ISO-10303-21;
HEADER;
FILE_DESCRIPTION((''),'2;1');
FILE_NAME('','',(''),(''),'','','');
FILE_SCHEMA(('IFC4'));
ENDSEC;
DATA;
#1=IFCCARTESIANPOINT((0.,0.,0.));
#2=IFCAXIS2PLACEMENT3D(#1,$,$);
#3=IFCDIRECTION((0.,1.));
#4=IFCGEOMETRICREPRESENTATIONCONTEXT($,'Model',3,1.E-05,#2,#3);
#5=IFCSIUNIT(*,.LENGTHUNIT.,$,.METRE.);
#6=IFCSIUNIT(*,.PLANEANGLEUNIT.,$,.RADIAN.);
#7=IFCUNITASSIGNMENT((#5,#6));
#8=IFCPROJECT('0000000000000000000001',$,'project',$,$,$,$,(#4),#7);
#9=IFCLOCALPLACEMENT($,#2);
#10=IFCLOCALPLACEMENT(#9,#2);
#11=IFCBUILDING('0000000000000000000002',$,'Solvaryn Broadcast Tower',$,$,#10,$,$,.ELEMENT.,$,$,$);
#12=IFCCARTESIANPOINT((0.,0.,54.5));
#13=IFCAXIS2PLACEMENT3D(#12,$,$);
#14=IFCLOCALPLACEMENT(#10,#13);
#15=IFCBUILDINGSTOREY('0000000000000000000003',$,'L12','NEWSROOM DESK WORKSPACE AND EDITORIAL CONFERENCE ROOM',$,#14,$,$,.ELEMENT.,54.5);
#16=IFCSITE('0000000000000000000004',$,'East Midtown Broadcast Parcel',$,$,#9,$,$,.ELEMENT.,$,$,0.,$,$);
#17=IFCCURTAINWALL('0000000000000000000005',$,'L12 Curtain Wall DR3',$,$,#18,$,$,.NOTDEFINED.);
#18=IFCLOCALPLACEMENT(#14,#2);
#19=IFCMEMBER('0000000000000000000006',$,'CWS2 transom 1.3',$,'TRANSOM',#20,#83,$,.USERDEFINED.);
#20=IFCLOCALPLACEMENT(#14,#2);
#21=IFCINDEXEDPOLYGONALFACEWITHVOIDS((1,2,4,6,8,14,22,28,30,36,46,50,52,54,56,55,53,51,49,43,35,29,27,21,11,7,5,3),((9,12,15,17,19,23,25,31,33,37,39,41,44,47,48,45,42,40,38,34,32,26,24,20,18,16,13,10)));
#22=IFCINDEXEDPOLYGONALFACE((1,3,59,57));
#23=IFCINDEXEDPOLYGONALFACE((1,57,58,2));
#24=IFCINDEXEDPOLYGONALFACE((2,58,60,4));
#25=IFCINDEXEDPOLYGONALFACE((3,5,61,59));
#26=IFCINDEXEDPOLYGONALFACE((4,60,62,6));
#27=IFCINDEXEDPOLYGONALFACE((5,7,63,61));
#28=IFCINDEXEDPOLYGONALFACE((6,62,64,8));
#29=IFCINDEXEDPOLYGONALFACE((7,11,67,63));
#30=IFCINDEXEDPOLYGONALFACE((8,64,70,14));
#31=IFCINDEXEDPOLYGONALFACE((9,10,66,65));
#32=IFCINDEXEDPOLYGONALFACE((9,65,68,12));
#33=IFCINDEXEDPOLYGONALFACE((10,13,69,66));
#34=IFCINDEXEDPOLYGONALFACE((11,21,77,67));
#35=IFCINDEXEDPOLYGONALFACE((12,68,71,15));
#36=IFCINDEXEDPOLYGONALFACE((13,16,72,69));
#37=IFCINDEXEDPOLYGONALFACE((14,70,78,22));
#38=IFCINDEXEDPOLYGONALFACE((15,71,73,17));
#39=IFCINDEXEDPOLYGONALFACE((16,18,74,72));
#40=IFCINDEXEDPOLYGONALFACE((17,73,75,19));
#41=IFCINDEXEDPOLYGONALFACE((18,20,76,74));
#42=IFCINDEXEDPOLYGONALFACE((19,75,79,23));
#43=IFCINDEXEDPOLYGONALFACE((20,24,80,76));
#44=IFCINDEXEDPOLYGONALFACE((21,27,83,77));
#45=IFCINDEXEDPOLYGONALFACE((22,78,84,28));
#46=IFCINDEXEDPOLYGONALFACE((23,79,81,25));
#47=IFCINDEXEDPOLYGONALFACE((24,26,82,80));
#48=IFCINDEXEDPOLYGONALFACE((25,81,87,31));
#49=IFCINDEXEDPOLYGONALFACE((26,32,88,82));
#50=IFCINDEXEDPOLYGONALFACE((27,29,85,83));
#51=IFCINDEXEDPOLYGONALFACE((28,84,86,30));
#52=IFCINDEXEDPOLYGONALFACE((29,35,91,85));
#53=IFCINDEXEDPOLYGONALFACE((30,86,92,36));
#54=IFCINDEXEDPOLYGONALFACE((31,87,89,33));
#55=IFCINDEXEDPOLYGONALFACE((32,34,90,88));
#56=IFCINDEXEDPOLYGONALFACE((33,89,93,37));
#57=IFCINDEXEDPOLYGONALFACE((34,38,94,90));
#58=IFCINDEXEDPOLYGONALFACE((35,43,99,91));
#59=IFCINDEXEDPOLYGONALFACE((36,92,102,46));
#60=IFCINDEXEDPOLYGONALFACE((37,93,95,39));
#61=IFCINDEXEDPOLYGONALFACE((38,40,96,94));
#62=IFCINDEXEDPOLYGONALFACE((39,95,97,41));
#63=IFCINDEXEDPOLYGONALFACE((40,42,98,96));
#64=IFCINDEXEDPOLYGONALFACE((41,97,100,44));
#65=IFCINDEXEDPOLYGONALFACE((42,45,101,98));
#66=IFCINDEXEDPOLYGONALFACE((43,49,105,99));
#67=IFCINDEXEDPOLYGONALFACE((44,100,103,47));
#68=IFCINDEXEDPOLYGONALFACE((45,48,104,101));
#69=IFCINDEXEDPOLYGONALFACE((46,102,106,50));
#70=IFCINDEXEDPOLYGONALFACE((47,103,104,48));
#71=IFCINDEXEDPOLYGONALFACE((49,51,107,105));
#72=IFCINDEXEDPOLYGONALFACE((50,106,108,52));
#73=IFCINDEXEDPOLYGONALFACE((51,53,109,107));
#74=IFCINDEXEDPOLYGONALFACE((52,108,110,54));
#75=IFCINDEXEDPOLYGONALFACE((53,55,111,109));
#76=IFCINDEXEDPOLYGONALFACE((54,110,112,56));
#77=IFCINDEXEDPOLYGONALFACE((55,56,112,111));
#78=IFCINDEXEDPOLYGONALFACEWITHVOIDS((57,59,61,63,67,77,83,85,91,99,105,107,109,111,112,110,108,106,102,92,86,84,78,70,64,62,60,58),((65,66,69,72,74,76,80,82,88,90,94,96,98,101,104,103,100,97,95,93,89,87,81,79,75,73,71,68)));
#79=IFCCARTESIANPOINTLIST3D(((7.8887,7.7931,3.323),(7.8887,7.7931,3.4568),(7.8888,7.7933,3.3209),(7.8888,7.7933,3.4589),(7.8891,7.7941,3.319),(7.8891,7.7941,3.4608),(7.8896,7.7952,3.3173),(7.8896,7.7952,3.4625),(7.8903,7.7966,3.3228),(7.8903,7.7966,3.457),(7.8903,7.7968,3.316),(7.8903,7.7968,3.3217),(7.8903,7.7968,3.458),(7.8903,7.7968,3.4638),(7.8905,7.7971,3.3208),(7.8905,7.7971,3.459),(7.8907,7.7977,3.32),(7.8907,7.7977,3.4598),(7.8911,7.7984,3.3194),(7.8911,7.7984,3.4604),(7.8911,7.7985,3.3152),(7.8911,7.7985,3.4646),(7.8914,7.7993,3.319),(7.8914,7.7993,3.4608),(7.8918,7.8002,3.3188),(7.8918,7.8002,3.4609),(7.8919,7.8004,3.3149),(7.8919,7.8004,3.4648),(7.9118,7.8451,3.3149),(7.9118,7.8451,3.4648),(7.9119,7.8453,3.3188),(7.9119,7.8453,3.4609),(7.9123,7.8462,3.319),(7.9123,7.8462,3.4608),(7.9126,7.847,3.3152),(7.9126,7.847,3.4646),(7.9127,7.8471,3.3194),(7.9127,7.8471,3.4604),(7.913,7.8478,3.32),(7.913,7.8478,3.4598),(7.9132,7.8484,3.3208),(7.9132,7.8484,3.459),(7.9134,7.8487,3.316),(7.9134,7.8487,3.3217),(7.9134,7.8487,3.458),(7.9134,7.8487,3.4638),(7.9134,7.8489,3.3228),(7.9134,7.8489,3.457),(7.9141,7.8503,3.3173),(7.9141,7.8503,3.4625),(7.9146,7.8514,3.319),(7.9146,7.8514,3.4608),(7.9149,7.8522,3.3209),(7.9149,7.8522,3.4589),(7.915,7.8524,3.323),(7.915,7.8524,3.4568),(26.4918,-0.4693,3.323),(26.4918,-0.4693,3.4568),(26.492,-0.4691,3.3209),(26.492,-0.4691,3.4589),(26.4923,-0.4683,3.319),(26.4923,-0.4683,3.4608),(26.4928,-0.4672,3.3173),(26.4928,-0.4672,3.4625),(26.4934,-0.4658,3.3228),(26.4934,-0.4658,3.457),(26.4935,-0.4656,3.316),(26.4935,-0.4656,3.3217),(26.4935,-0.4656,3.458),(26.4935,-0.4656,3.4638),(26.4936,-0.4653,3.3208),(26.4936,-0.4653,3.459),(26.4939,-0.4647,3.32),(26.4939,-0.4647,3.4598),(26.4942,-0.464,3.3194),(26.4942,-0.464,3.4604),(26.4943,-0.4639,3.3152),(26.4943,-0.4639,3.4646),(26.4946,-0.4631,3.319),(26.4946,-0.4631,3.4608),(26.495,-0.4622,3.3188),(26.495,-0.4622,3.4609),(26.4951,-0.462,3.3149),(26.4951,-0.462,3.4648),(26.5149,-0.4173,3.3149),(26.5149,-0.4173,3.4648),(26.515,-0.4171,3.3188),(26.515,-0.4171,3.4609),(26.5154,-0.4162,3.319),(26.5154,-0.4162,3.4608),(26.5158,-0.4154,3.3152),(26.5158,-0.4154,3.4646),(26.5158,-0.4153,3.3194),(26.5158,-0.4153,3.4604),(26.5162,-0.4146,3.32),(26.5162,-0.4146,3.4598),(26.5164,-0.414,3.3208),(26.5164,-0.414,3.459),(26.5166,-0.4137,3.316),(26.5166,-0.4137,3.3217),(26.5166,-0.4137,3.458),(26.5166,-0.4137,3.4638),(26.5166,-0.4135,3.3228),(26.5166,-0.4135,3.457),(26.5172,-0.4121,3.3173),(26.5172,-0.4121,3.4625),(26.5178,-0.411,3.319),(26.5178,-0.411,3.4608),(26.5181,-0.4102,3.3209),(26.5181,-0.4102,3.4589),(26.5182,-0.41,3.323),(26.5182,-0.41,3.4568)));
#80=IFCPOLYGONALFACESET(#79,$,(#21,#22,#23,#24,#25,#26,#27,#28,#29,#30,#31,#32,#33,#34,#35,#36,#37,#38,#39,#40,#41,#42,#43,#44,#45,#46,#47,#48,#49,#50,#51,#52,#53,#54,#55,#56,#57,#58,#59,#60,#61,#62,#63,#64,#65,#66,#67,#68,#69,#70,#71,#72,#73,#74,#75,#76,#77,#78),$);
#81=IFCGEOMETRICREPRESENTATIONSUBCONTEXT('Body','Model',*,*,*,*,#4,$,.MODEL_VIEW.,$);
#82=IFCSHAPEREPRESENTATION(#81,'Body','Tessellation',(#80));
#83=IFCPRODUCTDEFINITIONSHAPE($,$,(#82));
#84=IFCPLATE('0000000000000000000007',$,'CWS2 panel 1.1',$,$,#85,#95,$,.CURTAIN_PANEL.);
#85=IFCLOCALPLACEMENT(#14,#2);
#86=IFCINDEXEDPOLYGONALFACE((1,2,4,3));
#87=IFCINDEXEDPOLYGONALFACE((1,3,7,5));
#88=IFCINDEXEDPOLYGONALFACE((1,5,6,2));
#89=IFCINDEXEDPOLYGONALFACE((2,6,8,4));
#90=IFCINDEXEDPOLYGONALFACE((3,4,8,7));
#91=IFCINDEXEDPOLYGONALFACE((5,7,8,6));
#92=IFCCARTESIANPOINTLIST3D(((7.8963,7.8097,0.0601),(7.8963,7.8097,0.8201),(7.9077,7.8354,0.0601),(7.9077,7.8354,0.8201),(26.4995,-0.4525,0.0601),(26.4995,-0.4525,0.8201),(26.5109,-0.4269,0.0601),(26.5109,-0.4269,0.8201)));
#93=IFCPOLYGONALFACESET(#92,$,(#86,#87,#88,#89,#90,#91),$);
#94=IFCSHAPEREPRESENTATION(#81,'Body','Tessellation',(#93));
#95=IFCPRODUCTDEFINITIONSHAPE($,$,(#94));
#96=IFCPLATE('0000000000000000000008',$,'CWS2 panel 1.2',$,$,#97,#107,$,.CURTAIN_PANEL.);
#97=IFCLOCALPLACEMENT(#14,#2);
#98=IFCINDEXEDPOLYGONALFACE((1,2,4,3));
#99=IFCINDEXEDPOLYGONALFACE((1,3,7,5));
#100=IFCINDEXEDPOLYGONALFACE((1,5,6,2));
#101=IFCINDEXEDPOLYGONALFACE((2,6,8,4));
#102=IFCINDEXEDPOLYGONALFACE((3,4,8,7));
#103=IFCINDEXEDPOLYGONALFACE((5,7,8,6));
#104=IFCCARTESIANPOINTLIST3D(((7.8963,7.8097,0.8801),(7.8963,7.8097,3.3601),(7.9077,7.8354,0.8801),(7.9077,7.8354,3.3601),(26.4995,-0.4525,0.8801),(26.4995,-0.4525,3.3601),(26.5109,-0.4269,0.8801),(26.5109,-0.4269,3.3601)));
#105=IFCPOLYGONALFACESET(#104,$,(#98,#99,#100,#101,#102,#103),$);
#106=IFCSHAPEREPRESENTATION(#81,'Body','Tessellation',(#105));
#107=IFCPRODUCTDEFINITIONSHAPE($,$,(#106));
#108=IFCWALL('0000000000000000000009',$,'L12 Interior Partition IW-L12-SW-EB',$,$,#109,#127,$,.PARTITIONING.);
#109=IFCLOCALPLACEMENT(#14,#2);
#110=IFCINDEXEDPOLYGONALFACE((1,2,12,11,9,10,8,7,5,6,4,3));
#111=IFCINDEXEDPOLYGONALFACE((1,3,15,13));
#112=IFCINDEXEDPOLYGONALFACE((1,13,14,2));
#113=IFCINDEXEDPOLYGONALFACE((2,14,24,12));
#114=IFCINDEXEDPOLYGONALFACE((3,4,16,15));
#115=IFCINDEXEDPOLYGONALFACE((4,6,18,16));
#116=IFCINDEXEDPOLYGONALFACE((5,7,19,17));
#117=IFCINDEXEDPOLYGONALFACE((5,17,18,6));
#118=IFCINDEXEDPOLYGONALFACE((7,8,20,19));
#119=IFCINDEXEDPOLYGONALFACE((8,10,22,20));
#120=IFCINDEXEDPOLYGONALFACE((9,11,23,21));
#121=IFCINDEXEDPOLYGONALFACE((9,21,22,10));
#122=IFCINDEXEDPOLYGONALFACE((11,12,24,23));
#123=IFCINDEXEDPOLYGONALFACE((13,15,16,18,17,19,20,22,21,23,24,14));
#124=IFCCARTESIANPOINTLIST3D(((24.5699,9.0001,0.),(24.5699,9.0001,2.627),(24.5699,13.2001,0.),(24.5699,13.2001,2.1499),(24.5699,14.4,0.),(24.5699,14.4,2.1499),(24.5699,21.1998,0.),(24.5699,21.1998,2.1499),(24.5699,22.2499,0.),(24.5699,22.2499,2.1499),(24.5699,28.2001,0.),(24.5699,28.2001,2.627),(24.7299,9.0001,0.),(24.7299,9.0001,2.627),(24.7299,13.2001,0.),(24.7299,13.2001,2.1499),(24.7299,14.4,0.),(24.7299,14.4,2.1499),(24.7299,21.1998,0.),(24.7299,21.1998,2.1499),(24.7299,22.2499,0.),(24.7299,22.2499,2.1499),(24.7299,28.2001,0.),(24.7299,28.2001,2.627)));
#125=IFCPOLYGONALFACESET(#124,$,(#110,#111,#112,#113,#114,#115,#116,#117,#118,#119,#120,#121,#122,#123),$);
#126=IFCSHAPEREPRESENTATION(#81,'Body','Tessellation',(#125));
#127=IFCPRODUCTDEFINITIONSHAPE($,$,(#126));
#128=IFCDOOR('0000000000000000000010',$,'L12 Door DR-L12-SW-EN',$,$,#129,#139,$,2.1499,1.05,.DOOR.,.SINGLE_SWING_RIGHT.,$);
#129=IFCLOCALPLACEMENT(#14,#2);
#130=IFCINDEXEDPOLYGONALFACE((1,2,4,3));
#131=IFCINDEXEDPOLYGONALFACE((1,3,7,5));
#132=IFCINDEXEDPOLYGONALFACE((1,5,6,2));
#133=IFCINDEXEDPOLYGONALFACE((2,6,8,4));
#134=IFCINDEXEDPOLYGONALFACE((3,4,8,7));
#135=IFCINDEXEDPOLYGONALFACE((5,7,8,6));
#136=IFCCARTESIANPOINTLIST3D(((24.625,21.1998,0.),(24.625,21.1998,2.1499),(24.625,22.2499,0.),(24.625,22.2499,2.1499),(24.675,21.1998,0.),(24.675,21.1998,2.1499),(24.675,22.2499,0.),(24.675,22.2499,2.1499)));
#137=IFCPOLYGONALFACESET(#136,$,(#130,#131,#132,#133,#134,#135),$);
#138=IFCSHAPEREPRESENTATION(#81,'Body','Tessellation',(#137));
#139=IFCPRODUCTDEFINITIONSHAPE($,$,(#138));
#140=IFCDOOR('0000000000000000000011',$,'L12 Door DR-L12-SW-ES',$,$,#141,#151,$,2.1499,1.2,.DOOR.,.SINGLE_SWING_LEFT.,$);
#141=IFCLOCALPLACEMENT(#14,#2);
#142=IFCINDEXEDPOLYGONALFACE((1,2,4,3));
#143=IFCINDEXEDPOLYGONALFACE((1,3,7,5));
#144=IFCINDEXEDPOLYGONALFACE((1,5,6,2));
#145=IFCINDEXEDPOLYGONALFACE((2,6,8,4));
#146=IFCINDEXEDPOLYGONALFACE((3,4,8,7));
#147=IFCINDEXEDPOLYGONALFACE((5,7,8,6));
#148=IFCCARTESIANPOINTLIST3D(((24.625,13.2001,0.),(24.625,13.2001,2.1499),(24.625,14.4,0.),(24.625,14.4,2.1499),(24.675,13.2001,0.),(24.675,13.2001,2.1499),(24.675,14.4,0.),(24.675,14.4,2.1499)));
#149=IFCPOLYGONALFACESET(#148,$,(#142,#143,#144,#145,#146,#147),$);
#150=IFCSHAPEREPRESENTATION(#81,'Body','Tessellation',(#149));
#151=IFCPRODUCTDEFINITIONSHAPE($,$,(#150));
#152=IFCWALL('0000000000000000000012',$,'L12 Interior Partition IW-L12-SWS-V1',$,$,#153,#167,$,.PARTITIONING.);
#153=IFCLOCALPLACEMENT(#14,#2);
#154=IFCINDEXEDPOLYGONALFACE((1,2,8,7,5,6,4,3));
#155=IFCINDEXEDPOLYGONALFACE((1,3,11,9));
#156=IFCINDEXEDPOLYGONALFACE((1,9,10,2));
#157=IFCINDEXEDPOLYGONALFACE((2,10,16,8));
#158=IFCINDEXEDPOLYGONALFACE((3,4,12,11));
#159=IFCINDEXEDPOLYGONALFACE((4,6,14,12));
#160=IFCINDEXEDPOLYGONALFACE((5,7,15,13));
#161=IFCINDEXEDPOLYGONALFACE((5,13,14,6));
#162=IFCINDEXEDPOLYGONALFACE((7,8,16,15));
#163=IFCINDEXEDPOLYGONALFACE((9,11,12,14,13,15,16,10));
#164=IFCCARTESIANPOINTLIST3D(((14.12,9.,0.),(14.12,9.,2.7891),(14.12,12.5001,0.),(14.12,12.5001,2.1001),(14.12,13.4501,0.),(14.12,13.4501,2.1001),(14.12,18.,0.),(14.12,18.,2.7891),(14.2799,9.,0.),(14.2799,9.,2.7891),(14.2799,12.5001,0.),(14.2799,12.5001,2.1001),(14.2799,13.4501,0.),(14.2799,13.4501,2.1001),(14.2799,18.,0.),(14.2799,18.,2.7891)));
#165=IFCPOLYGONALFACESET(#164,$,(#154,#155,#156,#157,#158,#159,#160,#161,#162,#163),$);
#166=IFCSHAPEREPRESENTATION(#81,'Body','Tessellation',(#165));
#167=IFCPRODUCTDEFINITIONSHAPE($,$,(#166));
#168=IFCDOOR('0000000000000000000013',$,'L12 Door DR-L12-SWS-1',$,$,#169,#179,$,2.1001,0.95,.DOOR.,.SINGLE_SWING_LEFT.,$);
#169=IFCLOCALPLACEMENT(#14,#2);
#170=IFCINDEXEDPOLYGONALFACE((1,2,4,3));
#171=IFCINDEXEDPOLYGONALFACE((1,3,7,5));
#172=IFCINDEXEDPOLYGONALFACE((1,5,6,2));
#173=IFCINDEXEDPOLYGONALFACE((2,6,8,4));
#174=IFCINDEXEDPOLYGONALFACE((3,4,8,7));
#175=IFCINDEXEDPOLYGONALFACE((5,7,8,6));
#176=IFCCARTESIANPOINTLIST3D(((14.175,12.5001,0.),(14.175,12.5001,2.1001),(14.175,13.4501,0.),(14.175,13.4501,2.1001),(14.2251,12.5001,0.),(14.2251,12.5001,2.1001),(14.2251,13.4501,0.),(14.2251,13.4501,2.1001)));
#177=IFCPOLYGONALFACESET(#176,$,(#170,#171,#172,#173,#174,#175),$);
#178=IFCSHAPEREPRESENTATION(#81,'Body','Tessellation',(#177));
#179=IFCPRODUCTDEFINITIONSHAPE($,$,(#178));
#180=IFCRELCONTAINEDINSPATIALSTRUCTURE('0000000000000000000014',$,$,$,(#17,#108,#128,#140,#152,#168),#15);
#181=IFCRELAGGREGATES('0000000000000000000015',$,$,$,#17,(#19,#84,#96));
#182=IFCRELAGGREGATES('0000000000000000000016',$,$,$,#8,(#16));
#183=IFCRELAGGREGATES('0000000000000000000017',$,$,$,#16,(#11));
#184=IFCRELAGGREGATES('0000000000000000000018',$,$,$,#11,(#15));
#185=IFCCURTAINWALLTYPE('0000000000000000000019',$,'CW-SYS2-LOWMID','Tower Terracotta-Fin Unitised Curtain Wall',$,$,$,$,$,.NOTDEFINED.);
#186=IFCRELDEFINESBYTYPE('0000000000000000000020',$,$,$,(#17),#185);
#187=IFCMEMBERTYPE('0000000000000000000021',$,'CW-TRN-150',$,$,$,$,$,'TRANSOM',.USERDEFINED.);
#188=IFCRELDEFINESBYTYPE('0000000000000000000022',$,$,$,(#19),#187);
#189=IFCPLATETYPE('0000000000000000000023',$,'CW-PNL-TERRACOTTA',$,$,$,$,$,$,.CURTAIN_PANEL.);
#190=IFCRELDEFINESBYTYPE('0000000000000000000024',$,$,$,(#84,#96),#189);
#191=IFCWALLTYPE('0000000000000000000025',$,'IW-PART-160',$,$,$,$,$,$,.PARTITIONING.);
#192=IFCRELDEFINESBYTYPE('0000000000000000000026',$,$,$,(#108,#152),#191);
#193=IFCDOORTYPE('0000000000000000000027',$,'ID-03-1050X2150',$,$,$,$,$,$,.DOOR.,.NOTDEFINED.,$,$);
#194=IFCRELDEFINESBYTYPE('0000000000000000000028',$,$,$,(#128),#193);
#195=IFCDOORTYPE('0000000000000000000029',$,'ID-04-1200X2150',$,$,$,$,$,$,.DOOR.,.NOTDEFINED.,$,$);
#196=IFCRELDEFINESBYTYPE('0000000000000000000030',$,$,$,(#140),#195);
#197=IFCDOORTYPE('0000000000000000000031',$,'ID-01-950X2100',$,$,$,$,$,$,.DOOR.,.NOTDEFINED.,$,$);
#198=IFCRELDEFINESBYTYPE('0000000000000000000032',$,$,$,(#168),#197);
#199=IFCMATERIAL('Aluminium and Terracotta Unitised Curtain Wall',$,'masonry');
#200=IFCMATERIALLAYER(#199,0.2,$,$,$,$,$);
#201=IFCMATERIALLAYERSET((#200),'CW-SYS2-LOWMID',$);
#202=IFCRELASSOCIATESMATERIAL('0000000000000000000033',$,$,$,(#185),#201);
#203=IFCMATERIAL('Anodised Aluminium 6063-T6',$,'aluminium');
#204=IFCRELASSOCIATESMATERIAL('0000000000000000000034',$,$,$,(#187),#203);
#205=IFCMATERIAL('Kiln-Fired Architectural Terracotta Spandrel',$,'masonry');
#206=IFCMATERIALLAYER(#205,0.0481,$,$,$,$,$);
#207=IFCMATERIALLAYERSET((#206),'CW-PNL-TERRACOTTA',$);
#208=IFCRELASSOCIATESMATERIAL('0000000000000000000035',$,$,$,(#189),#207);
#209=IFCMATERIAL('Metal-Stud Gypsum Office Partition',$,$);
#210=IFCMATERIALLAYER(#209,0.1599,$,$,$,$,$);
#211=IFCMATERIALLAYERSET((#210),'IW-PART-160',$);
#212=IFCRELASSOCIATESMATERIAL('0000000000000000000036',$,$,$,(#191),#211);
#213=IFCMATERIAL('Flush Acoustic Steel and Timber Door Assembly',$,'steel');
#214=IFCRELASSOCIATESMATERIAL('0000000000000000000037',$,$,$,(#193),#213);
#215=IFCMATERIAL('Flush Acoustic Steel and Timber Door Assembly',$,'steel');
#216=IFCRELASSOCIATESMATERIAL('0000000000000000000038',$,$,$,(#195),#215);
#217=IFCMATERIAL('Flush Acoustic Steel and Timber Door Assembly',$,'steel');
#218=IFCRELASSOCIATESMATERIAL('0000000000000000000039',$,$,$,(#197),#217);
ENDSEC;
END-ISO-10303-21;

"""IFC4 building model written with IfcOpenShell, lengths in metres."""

from ifc_helpers import new_model, si_unit, direction, frame, frame_2d, origin, origin_2d, place, context, subcontext, project, spatial, rectangle, hollow_rectangle, extrude, material, layer, layer_set, material_profile, profile_set, type_object, element, fill, aggregate, save


model = new_model("IFC4")

# Units and contexts
model_context = context("Model", 3, precision=1e-05, world=origin(), true_north=direction((0.0, 1.0)))
body_context = subcontext(model_context, "Body", "Model", "MODEL_VIEW")
ifc_project = project(units=[si_unit("LENGTHUNIT", "METRE"), si_unit("PLANEANGLEUNIT", "RADIAN")], contexts=[model_context])

# Site, building, storey
site_placement = place(None, origin())
site = spatial("IfcSite", under=ifc_project, at=site_placement, Name="East Midtown Broadcast Parcel", CompositionType="ELEMENT", RefElevation=0.0)
building_placement = place(site_placement, origin())
building = spatial("IfcBuilding", under=site, at=building_placement, Name="Solvaryn Broadcast Tower", CompositionType="ELEMENT")
storey_placement = place(building_placement, frame((0.0, 0.0, 54.5)))
storey = spatial("IfcBuildingStorey", under=building, at=storey_placement, Name="L12", Description="NEWSROOM DESK WORKSPACE AND EDITORIAL CONFERENCE ROOM", CompositionType="ELEMENT", Elevation=54.5)

# Shared definitions
ifc_material_1 = material(Name="Aluminium and Terracotta Unitised Curtain Wall", Category="masonry")
ifc_layer_1 = layer(ifc_material_1, 0.2)
ifc_layer_set_1 = layer_set([ifc_layer_1], Name="CW-SYS2-LOWMID")
curtain_wall_type = type_object("IfcCurtainWallType", Name="CW-SYS2-LOWMID", Description="Tower Terracotta-Fin Unitised Curtain Wall", PredefinedType="NOTDEFINED", material=ifc_layer_set_1)

# Curtain wall, member, plates
curtain_wall_1_placement = place(storey_placement, origin())
curtain_wall_1 = element("IfcCurtainWall", 1, at=curtain_wall_1_placement, inside=storey, type_object=curtain_wall_type, Name="L12 Curtain Wall DR3", PredefinedType="NOTDEFINED")
ifc_material_2 = material(Name="Anodised Aluminium 6063-T6", Category="aluminium")
ifc_material_profile_1 = material_profile(ifc_material_2, hollow_rectangle(XDim=0.0649, YDim=0.1499, WallThickness=0.0039, InnerFilletRadius=0.0039, OuterFilletRadius=0.0081, at=origin_2d()))
ifc_profile_set_1 = profile_set([ifc_material_profile_1], Name="Anodised Aluminium 6063-T6")
member_type_1 = type_object("IfcMemberType", Name="CW-TRN-150", ElementType="TRANSOM", PredefinedType="USERDEFINED", material=ifc_profile_set_1)
member_1_placement = place(storey_placement, frame((7.9019, 7.8228, 3.3899), z_axis=(0.913915, -0.405906, 0.0), x_axis=(0.405906, 0.913915, 0.0)))
member_1 = element("IfcMember", 2, at=member_1_placement, type_object=member_type_1, Name="CWS2 transom 1.3", ObjectType="TRANSOM", PredefinedType="USERDEFINED", context=body_context, shape_type="SweptSolid", body=[
    extrude(hollow_rectangle(XDim=0.0649, YDim=0.1499, WallThickness=0.0039, InnerFilletRadius=0.0039, OuterFilletRadius=0.0081, at=origin_2d()), origin(), (0.0, 0.0, 1.0), 20.3555),
])
ifc_material_3 = material(Name="Kiln-Fired Architectural Terracotta Spandrel", Category="masonry")
ifc_layer_2 = layer(ifc_material_3, 0.0481)
ifc_layer_set_2 = layer_set([ifc_layer_2], Name="CW-PNL-TERRACOTTA")
plate_type = type_object("IfcPlateType", Name="CW-PNL-TERRACOTTA", PredefinedType="CURTAIN_PANEL", material=ifc_layer_set_2)
plate_1_placement = place(storey_placement, frame((17.2036, 3.6914, 0.0601), z_axis=(0.0, 0.0, 1.0), x_axis=(0.913918, -0.405898, 0.0)))
plate_1 = element("IfcPlate", 3, at=plate_1_placement, type_object=plate_type, Name="CWS2 panel 1.1", PredefinedType="CURTAIN_PANEL", context=body_context, shape_type="SweptSolid", body=[
    extrude(rectangle(XDim=20.3555, YDim=0.0281, at=origin_2d()), origin(), (0.0, 0.0, 1.0), 0.76),
])
plate_2_placement = place(storey_placement, frame((17.2036, 3.6914, 0.8801), z_axis=(0.0, 0.0, 1.0), x_axis=(0.913918, -0.405898, 0.0)))
plate_2 = element("IfcPlate", 4, at=plate_2_placement, type_object=plate_type, Name="CWS2 panel 1.2", PredefinedType="CURTAIN_PANEL", context=body_context, shape_type="SweptSolid", body=[
    extrude(rectangle(XDim=20.3555, YDim=0.0281, at=origin_2d()), origin(), (0.0, 0.0, 1.0), 2.48),
])
aggregate(curtain_wall_1, [member_1, plate_1, plate_2])

# Wall, openings, doors
ifc_material_4 = material(Name="Metal-Stud Gypsum Office Partition")
ifc_layer_3 = layer(ifc_material_4, 0.1599)
ifc_layer_set_3 = layer_set([ifc_layer_3], Name="IW-PART-160")
wall_type = type_object("IfcWallType", Name="IW-PART-160", PredefinedType="PARTITIONING", material=ifc_layer_set_3)
wall_1_placement = place(storey_placement, frame((24.6499, 9.0, 0.0), z_axis=(0.0, 0.0, 1.0), x_axis=(0.0, 1.0, 0.0)))
wall_1 = element("IfcWall", 5, at=wall_1_placement, inside=storey, type_object=wall_type, Name="L12 Interior Partition IW-L12-SW-EB", PredefinedType="PARTITIONING", context=body_context, shape_type="SweptSolid", body=[
    extrude(rectangle(XDim=19.2, YDim=0.1599, at=frame_2d((9.6001, 0.0))), origin(), (0.0, 0.0, 1.0), 2.627),
])
opening_1_placement = place(wall_1_placement, frame((12.2, 0.0, 0.0)))
opening_1 = element("IfcOpeningElement", 6, at=opening_1_placement, cuts=wall_1, PredefinedType="OPENING", context=body_context, shape_type="SweptSolid", body=[
    extrude(rectangle(XDim=1.05, YDim=2.1499, at=frame_2d((0.5249, 1.075))), frame((0.0, 0.0901, 0.0), z_axis=(0.0, -1.0, 0.0), x_axis=(1.0, 0.0, 0.0)), (0.0, 0.0, 1.0), 0.1799),
])
opening_2_placement = place(wall_1_placement, frame((4.2, 0.0, 0.0)))
opening_2 = element("IfcOpeningElement", 7, at=opening_2_placement, cuts=wall_1, PredefinedType="OPENING", context=body_context, shape_type="SweptSolid", body=[
    extrude(rectangle(XDim=1.2, YDim=2.1499, at=frame_2d((0.6001, 1.075))), frame((0.0, 0.0901, 0.0), z_axis=(0.0, -1.0, 0.0), x_axis=(1.0, 0.0, 0.0)), (0.0, 0.0, 1.0), 0.1799),
])
ifc_material_5 = material(Name="Flush Acoustic Steel and Timber Door Assembly", Category="steel")
door_type_1 = type_object("IfcDoorType", Name="ID-03-1050X2150", OperationType="NOTDEFINED", PredefinedType="DOOR", material=ifc_material_5)
door_1_placement = place(opening_1_placement, origin())
door_1 = element("IfcDoor", 8, at=door_1_placement, inside=storey, type_object=door_type_1, Name="L12 Door DR-L12-SW-EN", OperationType="SINGLE_SWING_RIGHT", OverallHeight=2.1499, OverallWidth=1.05, PredefinedType="DOOR", context=body_context, shape_type="SweptSolid", body=[
    extrude(rectangle(XDim=1.05, YDim=2.1499, at=frame_2d((0.5249, 1.075))), frame((0.0, 0.0249, 0.0), z_axis=(0.0, -1.0, 0.0), x_axis=(1.0, 0.0, 0.0)), (0.0, 0.0, 1.0), 0.05),
])
fill(opening_1, door_1)
ifc_material_6 = material(Name="Flush Acoustic Steel and Timber Door Assembly", Category="steel")
door_type_2 = type_object("IfcDoorType", Name="ID-04-1200X2150", OperationType="NOTDEFINED", PredefinedType="DOOR", material=ifc_material_6)
door_2_placement = place(opening_2_placement, origin())
door_2 = element("IfcDoor", 9, at=door_2_placement, inside=storey, type_object=door_type_2, Name="L12 Door DR-L12-SW-ES", OperationType="SINGLE_SWING_LEFT", OverallHeight=2.1499, OverallWidth=1.2, PredefinedType="DOOR", context=body_context, shape_type="SweptSolid", body=[
    extrude(rectangle(XDim=1.2, YDim=2.1499, at=frame_2d((0.6001, 1.075))), frame((0.0, 0.0249, 0.0), z_axis=(0.0, -1.0, 0.0), x_axis=(1.0, 0.0, 0.0)), (0.0, 0.0, 1.0), 0.05),
])
fill(opening_2, door_2)

# Wall, opening, door
wall_2_placement = place(storey_placement, frame((14.2, 9.0, 0.0), z_axis=(0.0, 0.0, 1.0), x_axis=(0.0, 1.0, 0.0)))
wall_2 = element("IfcWall", 10, at=wall_2_placement, inside=storey, type_object=wall_type, Name="L12 Interior Partition IW-L12-SWS-V1", PredefinedType="PARTITIONING", context=body_context, shape_type="SweptSolid", body=[
    extrude(rectangle(XDim=9.0, YDim=0.1599, at=frame_2d((4.5, 0.0))), origin(), (0.0, 0.0, 1.0), 2.7891),
])
opening_3_placement = place(wall_2_placement, frame((3.5, 0.0, 0.0)))
opening_3 = element("IfcOpeningElement", 11, at=opening_3_placement, cuts=wall_2, PredefinedType="OPENING", context=body_context, shape_type="SweptSolid", body=[
    extrude(rectangle(XDim=0.95, YDim=2.1001, at=frame_2d((0.4751, 1.05))), frame((0.0, 0.0901, 0.0), z_axis=(0.0, -1.0, 0.0), x_axis=(1.0, 0.0, 0.0)), (0.0, 0.0, 1.0), 0.1799),
])
ifc_material_7 = material(Name="Flush Acoustic Steel and Timber Door Assembly", Category="steel")
door_type_3 = type_object("IfcDoorType", Name="ID-01-950X2100", OperationType="NOTDEFINED", PredefinedType="DOOR", material=ifc_material_7)
door_3_placement = place(opening_3_placement, origin())
door_3 = element("IfcDoor", 12, at=door_3_placement, inside=storey, type_object=door_type_3, Name="L12 Door DR-L12-SWS-1", OperationType="SINGLE_SWING_LEFT", OverallHeight=2.1001, OverallWidth=0.95, PredefinedType="DOOR", context=body_context, shape_type="SweptSolid", body=[
    extrude(rectangle(XDim=0.95, YDim=2.1001, at=frame_2d((0.4751, 1.05))), frame((0.0, 0.0249, 0.0), z_axis=(0.0, -1.0, 0.0), x_axis=(1.0, 0.0, 0.0)), (0.0, 0.0, 1.0), 0.05),
])
fill(opening_3, door_3)

save(model, "model.ifc")
